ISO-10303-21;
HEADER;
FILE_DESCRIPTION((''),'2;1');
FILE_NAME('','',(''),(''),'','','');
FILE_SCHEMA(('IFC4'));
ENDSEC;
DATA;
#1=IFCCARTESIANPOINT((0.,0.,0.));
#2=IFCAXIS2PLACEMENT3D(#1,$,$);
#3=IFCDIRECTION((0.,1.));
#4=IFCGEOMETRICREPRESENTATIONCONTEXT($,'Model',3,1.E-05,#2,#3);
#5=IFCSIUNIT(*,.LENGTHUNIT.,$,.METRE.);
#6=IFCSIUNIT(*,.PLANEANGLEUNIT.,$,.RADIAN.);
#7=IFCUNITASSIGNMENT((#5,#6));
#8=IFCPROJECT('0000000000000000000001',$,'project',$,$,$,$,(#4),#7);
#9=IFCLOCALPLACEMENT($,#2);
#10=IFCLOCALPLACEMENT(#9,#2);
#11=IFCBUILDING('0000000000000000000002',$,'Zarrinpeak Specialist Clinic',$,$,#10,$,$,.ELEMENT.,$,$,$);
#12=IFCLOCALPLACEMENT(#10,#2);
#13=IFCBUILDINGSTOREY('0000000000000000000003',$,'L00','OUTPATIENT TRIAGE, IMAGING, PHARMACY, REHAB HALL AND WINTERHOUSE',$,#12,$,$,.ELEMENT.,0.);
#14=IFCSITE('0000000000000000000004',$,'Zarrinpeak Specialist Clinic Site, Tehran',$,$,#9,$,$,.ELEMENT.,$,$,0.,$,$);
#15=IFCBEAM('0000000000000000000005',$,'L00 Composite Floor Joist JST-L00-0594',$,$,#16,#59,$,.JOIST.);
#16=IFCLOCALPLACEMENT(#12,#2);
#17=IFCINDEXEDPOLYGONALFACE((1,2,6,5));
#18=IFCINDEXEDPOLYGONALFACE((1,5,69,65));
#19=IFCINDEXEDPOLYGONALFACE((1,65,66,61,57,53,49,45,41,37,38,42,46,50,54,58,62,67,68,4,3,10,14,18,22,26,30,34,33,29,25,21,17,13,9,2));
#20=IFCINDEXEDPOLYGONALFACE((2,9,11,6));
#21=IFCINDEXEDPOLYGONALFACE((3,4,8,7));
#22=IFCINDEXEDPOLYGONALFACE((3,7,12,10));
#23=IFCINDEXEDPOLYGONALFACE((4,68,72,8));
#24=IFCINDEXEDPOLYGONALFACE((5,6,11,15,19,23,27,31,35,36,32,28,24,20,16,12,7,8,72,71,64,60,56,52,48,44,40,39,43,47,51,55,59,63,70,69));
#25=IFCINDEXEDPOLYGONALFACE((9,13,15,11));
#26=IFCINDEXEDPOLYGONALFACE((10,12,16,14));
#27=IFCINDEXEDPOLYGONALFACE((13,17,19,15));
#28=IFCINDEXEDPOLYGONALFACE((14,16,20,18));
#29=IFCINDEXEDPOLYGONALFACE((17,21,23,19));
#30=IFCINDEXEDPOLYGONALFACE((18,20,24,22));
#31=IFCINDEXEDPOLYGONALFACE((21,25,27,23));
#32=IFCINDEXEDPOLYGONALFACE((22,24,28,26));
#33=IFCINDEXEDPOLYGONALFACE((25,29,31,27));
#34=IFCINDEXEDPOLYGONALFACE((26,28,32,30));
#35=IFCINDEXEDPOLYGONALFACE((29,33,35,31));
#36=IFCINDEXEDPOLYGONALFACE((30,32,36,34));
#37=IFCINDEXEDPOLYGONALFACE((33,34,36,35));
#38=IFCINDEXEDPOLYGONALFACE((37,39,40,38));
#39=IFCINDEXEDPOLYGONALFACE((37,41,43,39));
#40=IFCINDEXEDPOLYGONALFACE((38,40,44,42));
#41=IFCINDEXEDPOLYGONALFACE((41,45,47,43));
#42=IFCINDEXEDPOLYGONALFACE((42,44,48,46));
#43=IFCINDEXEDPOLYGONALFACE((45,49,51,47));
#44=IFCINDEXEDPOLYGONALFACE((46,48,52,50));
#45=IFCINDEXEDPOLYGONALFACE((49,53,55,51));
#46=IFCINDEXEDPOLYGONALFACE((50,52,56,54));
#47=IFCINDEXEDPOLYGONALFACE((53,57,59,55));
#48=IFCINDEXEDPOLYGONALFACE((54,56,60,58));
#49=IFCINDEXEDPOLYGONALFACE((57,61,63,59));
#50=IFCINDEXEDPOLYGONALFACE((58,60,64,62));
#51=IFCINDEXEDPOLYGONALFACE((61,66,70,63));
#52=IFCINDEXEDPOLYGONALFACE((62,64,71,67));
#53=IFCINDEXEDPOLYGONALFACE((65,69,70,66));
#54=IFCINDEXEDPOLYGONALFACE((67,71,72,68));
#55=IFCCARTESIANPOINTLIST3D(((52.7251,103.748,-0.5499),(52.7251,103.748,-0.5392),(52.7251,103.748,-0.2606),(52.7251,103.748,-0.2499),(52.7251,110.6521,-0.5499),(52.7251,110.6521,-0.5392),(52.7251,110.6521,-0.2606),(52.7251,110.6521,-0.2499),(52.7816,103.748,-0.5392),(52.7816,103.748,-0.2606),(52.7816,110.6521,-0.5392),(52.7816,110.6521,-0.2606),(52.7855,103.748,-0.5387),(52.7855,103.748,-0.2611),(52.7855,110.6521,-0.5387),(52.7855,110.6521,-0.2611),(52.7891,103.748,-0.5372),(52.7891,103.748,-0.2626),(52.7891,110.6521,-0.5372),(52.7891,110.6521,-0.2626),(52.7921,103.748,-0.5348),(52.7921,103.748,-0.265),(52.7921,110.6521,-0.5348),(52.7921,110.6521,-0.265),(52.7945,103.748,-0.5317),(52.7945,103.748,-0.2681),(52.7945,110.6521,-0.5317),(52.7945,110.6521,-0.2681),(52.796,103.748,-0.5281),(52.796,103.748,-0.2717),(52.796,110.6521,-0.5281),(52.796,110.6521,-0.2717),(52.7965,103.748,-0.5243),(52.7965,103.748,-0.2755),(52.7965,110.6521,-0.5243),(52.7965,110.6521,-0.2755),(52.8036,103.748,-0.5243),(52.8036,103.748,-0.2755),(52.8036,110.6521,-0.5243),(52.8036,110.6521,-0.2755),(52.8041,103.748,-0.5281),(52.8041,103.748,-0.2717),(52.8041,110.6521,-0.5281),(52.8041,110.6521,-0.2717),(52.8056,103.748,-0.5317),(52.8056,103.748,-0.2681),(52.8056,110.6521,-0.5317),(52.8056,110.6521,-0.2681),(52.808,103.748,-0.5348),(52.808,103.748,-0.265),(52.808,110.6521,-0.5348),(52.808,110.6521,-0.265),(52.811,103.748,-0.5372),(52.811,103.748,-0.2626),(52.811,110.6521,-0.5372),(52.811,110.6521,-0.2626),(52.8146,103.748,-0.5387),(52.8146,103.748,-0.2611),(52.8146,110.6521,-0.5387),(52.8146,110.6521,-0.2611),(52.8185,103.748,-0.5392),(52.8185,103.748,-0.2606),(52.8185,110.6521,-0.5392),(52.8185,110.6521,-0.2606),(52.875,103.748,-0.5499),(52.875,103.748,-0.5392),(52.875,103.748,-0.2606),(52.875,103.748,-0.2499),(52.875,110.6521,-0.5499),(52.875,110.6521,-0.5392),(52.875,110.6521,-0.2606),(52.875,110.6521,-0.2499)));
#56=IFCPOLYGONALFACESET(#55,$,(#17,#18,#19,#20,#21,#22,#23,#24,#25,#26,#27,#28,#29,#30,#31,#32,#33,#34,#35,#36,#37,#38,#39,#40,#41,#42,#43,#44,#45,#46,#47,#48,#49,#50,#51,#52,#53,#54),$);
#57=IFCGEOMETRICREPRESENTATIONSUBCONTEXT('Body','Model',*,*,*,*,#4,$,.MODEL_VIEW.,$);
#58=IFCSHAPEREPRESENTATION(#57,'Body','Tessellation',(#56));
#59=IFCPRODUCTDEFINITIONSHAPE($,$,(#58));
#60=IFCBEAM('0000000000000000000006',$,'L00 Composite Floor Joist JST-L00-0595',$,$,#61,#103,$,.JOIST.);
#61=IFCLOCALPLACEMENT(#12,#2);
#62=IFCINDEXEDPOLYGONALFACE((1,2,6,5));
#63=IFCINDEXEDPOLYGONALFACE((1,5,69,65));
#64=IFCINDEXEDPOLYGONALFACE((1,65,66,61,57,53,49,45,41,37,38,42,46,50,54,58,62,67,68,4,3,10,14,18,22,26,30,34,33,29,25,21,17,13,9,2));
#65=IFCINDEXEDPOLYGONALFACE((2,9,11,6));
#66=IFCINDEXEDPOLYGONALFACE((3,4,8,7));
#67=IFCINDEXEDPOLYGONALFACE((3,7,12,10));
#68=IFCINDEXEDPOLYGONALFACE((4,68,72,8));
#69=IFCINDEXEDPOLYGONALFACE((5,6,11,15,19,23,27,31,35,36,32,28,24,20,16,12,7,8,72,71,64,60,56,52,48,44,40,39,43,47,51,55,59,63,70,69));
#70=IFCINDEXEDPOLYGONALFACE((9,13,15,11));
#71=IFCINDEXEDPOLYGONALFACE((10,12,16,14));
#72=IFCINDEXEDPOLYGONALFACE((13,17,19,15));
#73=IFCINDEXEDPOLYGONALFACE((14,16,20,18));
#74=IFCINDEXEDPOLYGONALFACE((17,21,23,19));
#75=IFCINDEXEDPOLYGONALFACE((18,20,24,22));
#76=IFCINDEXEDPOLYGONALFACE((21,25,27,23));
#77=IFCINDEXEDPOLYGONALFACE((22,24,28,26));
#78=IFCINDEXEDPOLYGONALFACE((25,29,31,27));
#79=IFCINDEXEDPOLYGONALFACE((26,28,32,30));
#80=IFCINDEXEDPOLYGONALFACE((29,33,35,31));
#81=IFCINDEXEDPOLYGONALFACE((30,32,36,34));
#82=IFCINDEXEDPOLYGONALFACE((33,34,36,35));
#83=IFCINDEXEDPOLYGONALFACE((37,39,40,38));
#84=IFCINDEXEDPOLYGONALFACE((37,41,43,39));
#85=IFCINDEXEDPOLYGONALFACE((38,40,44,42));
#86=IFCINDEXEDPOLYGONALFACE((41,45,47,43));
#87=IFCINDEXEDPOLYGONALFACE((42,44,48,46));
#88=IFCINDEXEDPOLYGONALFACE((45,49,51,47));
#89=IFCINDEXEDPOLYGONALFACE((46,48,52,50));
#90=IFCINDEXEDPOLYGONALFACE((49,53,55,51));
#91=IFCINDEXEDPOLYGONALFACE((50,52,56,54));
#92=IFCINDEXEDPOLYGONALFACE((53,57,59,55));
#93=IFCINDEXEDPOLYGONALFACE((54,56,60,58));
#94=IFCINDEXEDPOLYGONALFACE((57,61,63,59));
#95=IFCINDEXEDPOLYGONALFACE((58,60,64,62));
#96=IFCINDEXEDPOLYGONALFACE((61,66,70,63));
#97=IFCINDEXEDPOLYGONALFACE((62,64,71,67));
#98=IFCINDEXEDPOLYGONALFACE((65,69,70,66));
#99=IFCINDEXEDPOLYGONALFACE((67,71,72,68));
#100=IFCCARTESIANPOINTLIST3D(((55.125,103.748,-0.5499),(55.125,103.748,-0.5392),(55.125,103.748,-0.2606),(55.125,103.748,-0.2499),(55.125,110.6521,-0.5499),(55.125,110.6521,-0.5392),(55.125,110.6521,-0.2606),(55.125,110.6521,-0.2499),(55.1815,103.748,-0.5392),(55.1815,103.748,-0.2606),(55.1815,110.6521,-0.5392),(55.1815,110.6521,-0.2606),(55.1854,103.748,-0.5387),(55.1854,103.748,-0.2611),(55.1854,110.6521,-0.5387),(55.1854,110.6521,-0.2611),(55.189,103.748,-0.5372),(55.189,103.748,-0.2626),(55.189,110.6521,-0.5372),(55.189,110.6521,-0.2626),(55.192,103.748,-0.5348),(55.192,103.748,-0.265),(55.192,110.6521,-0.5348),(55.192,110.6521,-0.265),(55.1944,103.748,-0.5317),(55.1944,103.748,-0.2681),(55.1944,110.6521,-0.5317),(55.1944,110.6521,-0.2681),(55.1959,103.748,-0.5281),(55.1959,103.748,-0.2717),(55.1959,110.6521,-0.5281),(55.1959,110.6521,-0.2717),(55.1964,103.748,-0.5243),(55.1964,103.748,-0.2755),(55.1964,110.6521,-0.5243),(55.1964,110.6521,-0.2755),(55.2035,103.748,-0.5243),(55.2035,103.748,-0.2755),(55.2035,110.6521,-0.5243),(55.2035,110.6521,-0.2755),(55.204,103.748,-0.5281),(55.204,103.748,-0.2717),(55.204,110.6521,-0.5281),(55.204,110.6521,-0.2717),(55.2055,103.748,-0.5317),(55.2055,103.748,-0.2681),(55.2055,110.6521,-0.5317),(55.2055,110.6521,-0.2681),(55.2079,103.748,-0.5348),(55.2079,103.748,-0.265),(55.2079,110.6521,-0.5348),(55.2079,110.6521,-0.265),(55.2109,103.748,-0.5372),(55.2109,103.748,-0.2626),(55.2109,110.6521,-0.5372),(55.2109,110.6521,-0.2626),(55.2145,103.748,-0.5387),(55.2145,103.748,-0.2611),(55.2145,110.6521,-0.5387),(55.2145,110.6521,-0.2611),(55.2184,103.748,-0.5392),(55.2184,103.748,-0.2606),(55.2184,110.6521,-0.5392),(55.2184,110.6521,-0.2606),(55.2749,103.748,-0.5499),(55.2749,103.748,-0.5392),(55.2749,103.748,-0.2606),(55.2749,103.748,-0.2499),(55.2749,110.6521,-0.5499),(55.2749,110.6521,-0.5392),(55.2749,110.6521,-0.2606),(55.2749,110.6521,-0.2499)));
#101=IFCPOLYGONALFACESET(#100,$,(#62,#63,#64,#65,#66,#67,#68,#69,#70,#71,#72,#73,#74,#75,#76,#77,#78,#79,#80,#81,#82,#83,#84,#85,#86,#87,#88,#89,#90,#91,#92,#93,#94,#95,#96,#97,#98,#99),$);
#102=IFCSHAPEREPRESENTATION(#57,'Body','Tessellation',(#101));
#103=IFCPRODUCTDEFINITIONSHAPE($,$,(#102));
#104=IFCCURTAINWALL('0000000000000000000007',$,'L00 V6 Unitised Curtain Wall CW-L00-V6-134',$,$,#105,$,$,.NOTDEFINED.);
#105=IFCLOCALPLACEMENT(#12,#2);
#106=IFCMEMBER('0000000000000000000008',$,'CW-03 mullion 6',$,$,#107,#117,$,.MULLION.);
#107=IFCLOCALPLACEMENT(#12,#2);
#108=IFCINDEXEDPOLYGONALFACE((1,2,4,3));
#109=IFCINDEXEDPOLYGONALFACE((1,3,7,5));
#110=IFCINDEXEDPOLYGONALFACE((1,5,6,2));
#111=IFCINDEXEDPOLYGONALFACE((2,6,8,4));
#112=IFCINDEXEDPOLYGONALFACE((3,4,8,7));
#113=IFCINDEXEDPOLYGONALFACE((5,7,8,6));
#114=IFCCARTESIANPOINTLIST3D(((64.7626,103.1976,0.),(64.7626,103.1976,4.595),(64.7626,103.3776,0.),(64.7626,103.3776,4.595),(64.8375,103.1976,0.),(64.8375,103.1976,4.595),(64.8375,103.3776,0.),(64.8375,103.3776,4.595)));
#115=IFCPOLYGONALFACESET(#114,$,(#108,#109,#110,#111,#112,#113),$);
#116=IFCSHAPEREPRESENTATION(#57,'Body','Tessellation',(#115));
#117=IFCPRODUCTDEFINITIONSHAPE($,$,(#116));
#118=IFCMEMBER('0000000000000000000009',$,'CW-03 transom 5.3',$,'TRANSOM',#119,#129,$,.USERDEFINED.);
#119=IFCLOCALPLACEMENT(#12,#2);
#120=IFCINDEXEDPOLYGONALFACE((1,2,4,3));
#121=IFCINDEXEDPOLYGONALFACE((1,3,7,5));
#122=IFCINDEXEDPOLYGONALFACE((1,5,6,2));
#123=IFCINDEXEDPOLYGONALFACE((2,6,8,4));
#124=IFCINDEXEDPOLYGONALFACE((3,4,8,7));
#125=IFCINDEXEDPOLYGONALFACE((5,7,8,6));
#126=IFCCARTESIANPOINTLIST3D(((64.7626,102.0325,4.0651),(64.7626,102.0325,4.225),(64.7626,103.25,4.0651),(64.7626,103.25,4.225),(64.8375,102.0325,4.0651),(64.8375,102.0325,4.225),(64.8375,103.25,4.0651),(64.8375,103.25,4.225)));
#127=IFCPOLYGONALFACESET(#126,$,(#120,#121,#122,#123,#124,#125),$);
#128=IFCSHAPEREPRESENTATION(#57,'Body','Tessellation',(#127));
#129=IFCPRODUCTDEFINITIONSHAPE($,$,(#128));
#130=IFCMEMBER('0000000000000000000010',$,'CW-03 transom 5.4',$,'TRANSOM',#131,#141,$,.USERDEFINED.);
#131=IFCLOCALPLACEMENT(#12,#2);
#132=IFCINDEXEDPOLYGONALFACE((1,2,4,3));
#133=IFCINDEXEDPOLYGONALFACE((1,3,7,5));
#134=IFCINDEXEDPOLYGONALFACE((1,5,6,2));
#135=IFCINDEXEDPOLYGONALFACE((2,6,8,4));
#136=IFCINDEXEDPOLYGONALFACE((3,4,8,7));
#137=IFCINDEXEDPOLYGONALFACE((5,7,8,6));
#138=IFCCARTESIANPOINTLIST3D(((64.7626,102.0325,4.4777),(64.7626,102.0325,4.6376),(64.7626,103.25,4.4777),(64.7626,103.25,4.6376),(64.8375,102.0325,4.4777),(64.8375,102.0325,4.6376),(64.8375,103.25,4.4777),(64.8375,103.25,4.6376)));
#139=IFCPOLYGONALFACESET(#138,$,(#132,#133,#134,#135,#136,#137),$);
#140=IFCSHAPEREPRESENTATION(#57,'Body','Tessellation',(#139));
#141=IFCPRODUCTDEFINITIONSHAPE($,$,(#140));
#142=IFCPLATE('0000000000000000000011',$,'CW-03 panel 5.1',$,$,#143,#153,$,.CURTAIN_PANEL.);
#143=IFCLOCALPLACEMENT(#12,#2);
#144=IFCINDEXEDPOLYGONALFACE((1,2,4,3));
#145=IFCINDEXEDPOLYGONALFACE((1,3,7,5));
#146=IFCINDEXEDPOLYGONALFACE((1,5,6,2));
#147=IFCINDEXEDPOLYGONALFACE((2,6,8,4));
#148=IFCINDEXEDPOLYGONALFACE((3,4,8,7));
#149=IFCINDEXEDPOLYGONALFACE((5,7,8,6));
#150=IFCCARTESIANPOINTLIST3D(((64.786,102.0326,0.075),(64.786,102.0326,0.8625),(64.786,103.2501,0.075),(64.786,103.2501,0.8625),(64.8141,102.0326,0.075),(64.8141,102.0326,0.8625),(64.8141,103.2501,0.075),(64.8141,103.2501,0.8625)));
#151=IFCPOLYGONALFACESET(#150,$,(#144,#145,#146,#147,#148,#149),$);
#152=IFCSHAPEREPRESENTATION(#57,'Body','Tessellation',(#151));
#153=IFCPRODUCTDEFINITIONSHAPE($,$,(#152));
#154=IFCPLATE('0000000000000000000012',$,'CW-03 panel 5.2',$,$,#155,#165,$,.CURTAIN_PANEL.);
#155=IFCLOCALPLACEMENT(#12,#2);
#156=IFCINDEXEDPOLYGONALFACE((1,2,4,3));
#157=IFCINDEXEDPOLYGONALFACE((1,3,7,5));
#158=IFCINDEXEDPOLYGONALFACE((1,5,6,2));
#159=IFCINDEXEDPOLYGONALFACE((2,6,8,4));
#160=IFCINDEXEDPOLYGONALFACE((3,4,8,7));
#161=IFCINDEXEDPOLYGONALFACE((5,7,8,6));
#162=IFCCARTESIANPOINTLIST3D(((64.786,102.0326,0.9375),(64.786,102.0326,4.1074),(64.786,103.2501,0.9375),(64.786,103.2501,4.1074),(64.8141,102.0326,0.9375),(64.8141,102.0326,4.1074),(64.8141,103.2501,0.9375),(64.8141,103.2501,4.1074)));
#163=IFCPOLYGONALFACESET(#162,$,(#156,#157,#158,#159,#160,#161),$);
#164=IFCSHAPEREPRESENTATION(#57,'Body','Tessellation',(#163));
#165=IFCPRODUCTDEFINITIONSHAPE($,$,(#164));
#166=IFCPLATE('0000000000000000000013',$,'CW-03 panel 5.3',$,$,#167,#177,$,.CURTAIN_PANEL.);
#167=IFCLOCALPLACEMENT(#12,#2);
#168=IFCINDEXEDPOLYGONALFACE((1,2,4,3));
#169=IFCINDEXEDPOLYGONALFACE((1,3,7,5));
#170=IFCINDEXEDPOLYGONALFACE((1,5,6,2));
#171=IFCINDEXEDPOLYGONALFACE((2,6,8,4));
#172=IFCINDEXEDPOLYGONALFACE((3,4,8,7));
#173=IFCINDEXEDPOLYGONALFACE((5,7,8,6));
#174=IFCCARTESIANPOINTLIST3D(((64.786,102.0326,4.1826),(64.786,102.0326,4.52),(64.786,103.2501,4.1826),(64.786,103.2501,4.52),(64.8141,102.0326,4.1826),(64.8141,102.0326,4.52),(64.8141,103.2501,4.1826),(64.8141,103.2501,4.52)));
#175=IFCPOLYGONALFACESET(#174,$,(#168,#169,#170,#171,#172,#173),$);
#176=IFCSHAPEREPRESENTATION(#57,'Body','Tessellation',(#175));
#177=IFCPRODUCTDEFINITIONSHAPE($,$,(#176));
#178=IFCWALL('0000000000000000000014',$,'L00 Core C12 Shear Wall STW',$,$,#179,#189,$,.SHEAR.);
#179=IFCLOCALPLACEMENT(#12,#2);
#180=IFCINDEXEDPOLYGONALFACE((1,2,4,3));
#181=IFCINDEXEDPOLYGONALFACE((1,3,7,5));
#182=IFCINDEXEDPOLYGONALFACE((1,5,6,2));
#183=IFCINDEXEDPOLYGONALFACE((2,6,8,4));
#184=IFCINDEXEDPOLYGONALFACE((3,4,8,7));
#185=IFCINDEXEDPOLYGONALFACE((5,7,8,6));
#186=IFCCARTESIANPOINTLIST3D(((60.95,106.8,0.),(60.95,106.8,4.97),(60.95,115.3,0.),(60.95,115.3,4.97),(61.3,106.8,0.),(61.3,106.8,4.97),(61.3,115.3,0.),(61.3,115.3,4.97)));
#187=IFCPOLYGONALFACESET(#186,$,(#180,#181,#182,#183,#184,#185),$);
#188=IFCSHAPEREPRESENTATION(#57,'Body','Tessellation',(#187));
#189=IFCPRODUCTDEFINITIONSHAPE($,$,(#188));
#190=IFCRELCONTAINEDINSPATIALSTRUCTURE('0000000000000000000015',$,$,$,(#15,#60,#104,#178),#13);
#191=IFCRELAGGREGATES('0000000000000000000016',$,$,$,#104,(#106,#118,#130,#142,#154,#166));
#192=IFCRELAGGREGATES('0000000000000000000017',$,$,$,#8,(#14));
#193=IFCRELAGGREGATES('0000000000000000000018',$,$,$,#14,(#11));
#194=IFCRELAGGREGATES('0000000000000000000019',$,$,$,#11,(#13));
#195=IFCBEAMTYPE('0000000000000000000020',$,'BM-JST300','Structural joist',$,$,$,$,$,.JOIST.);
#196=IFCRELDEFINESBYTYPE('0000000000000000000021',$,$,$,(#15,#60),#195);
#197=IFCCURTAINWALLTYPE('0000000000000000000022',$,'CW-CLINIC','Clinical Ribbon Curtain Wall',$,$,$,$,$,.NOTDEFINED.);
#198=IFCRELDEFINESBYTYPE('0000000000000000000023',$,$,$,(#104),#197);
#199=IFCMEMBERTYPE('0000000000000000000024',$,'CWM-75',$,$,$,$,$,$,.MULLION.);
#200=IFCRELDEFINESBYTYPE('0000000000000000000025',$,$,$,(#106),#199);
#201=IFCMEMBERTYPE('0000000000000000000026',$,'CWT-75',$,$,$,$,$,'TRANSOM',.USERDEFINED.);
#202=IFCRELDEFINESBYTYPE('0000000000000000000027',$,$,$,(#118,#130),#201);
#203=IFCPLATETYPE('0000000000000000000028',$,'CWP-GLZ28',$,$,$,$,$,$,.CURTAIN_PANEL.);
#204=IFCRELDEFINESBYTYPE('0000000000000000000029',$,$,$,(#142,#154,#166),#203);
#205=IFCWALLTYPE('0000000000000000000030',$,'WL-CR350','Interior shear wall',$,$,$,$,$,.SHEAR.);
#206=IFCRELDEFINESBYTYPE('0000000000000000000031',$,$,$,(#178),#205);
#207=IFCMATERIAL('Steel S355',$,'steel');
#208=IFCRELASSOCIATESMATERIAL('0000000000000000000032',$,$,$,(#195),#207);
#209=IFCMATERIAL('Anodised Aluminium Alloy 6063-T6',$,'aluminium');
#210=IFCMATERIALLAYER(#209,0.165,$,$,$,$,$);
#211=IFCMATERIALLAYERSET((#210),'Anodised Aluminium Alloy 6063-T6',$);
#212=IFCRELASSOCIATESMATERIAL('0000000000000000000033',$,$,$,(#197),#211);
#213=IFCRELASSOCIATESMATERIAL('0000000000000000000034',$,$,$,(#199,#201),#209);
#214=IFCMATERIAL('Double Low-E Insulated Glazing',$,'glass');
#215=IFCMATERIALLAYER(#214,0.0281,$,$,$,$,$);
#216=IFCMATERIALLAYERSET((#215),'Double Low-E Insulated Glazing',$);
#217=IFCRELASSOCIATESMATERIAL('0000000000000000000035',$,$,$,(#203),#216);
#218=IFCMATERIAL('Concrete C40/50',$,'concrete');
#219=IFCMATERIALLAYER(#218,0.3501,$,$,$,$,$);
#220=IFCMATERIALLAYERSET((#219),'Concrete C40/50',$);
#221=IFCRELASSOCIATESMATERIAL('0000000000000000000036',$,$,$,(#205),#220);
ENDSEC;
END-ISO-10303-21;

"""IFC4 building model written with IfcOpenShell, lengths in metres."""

from ifc_helpers import new_model, si_unit, direction, frame, frame_2d, origin, origin_2d, place, context, subcontext, project, spatial, rectangle, i_section, extrude, material, layer, layer_set, material_profile, profile_set, type_object, element, aggregate, save


model = new_model("IFC4")

# Units and contexts
model_context = context("Model", 3, precision=1e-05, world=origin(), true_north=direction((0.0, 1.0)))
body_context = subcontext(model_context, "Body", "Model", "MODEL_VIEW")
ifc_project = project(units=[si_unit("LENGTHUNIT", "METRE"), si_unit("PLANEANGLEUNIT", "RADIAN")], contexts=[model_context])

# Site, building, storey
site_placement = place(None, origin())
site = spatial("IfcSite", under=ifc_project, at=site_placement, Name="Zarrinpeak Specialist Clinic Site, Tehran", CompositionType="ELEMENT", RefElevation=0.0)
building_placement = place(site_placement, origin())
building = spatial("IfcBuilding", under=site, at=building_placement, Name="Zarrinpeak Specialist Clinic", CompositionType="ELEMENT")
storey_placement = place(building_placement, origin())
storey = spatial("IfcBuildingStorey", under=building, at=storey_placement, Name="L00", Description="OUTPATIENT TRIAGE, IMAGING, PHARMACY, REHAB HALL AND WINTERHOUSE", CompositionType="ELEMENT", Elevation=0.0)

# Shared definitions
ifc_material_1 = material(Name="Steel S355", Category="steel")

# Beams
ifc_material_profile_1 = material_profile(ifc_material_1, i_section(OverallWidth=0.1499, OverallDepth=0.3, WebThickness=0.0071, FlangeThickness=0.0107, FilletRadius=0.0149, at=origin_2d()), Name="IPE 300")
ifc_profile_set_1 = profile_set([ifc_material_profile_1], Name="Steel S355")
beam_type_1 = type_object("IfcBeamType", Name="BM-JST300", Description="Structural joist", PredefinedType="JOIST", material=ifc_profile_set_1)
for number, where, z_axis, x_axis, name in (
    (1, (52.8, 103.748, -0.3999), (0.0, 1.0, 0.0), (-1.0, 0.0, 0.0), "L00 Composite Floor Joist JST-L00-0594"),
    (2, (55.2, 103.748, -0.3999), (0.0, 1.0, 0.0), (-1.0, 0.0, 0.0), "L00 Composite Floor Joist JST-L00-0595"),
):
    element("IfcBeam", number, at=place(storey_placement, frame(where, z_axis=z_axis, x_axis=x_axis)), inside=storey, type_object=beam_type_1, Name=name, PredefinedType="JOIST", context=body_context, shape_type="SweptSolid", body=[
        extrude(i_section(OverallWidth=0.1499, OverallDepth=0.3, WebThickness=0.0071, FlangeThickness=0.0107, FilletRadius=0.0149, at=origin_2d()), origin(), (0.0, 0.0, 1.0), 6.9041),
    ])

# Curtain wall, members, plates
ifc_material_2 = material(Name="Anodised Aluminium Alloy 6063-T6", Category="aluminium")
ifc_layer_1 = layer(ifc_material_2, 0.165)
ifc_layer_set_1 = layer_set([ifc_layer_1], Name="Anodised Aluminium Alloy 6063-T6")
curtain_wall_type = type_object("IfcCurtainWallType", Name="CW-CLINIC", Description="Clinical Ribbon Curtain Wall", PredefinedType="NOTDEFINED", material=ifc_layer_set_1)
curtain_wall_placement = place(storey_placement, origin())
curtain_wall = element("IfcCurtainWall", 3, at=curtain_wall_placement, inside=storey, type_object=curtain_wall_type, Name="L00 V6 Unitised Curtain Wall CW-L00-V6-134", PredefinedType="NOTDEFINED")
ifc_material_profile_2 = material_profile(ifc_material_2, rectangle(XDim=0.075, YDim=0.1799, at=origin_2d()), Name="ALU 75x180")
ifc_profile_set_2 = profile_set([ifc_material_profile_2], Name="Anodised Aluminium Alloy 6063-T6")
member_type_1 = type_object("IfcMemberType", Name="CWM-75", PredefinedType="MULLION", material=ifc_profile_set_2)
member_1_placement = place(storey_placement, frame((64.8, 103.2876, 0.0), z_axis=(0.0, 0.0, 1.0), x_axis=(-1.0, 0.0, 0.0)))
member_1 = element("IfcMember", 4, at=member_1_placement, type_object=member_type_1, Name="CW-03 mullion 6", PredefinedType="MULLION", context=body_context, shape_type="SweptSolid", body=[
    extrude(rectangle(XDim=0.075, YDim=0.1799, at=origin_2d()), origin(), (0.0, 0.0, 1.0), 4.595),
])
ifc_material_profile_3 = material_profile(ifc_material_2, rectangle(XDim=0.075, YDim=0.1599, at=origin_2d()), Name="ALU 75x160")
ifc_profile_set_3 = profile_set([ifc_material_profile_3], Name="Anodised Aluminium Alloy 6063-T6")
member_type_2 = type_object("IfcMemberType", Name="CWT-75", ElementType="TRANSOM", PredefinedType="USERDEFINED", material=ifc_profile_set_3)
member_2_placement = place(storey_placement, frame((64.8, 102.0325, 4.145), z_axis=(0.0, 1.0, 0.0), x_axis=(-1.0, 0.0, 0.0)))
member_2 = element("IfcMember", 5, at=member_2_placement, type_object=member_type_2, Name="CW-03 transom 5.3", ObjectType="TRANSOM", PredefinedType="USERDEFINED", context=body_context, shape_type="SweptSolid", body=[
    extrude(rectangle(XDim=0.075, YDim=0.1599, at=origin_2d()), origin(), (0.0, 0.0, 1.0), 1.2175),
])
member_3_placement = place(storey_placement, frame((64.8, 102.0325, 4.5576), z_axis=(0.0, 1.0, 0.0), x_axis=(-1.0, 0.0, 0.0)))
member_3 = element("IfcMember", 6, at=member_3_placement, type_object=member_type_2, Name="CW-03 transom 5.4", ObjectType="TRANSOM", PredefinedType="USERDEFINED", context=body_context, shape_type="SweptSolid", body=[
    extrude(rectangle(XDim=0.075, YDim=0.1599, at=origin_2d()), origin(), (0.0, 0.0, 1.0), 1.2175),
])
ifc_material_3 = material(Name="Double Low-E Insulated Glazing", Category="glass")
ifc_layer_2 = layer(ifc_material_3, 0.0281)
ifc_layer_set_2 = layer_set([ifc_layer_2], Name="Double Low-E Insulated Glazing")
plate_type = type_object("IfcPlateType", Name="CWP-GLZ28", PredefinedType="CURTAIN_PANEL", material=ifc_layer_set_2)
plate_1_placement = place(storey_placement, frame((64.8, 102.6414, 0.075), z_axis=(0.0, 0.0, 1.0), x_axis=(0.0, 1.0, 0.0)))
plate_1 = element("IfcPlate", 7, at=plate_1_placement, type_object=plate_type, Name="CW-03 panel 5.1", PredefinedType="CURTAIN_PANEL", context=body_context, shape_type="SweptSolid", body=[
    extrude(rectangle(XDim=1.2175, YDim=0.0281, at=origin_2d()), origin(), (0.0, 0.0, 1.0), 0.7876),
])
plate_2_placement = place(storey_placement, frame((64.8, 102.6414, 0.9375), z_axis=(0.0, 0.0, 1.0), x_axis=(0.0, 1.0, 0.0)))
plate_2 = element("IfcPlate", 8, at=plate_2_placement, type_object=plate_type, Name="CW-03 panel 5.2", PredefinedType="CURTAIN_PANEL", context=body_context, shape_type="SweptSolid", body=[
    extrude(rectangle(XDim=1.2175, YDim=0.0281, at=origin_2d()), origin(), (0.0, 0.0, 1.0), 3.1699),
])
plate_3_placement = place(storey_placement, frame((64.8, 102.6414, 4.1826), z_axis=(0.0, 0.0, 1.0), x_axis=(0.0, 1.0, 0.0)))
plate_3 = element("IfcPlate", 9, at=plate_3_placement, type_object=plate_type, Name="CW-03 panel 5.3", PredefinedType="CURTAIN_PANEL", context=body_context, shape_type="SweptSolid", body=[
    extrude(rectangle(XDim=1.2175, YDim=0.0281, at=origin_2d()), origin(), (0.0, 0.0, 1.0), 0.3374),
])
aggregate(curtain_wall, [member_1, member_2, member_3, plate_1, plate_2, plate_3])

# Shared definitions
ifc_material_4 = material(Name="Concrete C40/50", Category="concrete")
ifc_layer_3 = layer(ifc_material_4, 0.3501)
ifc_layer_set_3 = layer_set([ifc_layer_3], Name="Concrete C40/50")
wall_type_1 = type_object("IfcWallType", Name="WL-CR350", Description="Interior shear wall", PredefinedType="SHEAR", material=ifc_layer_set_3)

# Wall
wall_1_placement = place(storey_placement, frame((61.125, 106.8, 0.0), z_axis=(0.0, 0.0, 1.0), x_axis=(0.0, 1.0, 0.0)))
element("IfcWall", 10, at=wall_1_placement, inside=storey, type_object=wall_type_1, Name="L00 Core C12 Shear Wall STW", PredefinedType="SHEAR", context=body_context, shape_type="SweptSolid", body=[
    extrude(rectangle(XDim=8.5, YDim=0.3501, at=frame_2d((4.25, 0.0))), origin(), (0.0, 0.0, 1.0), 4.97),
])

save(model, "model.ifc")
